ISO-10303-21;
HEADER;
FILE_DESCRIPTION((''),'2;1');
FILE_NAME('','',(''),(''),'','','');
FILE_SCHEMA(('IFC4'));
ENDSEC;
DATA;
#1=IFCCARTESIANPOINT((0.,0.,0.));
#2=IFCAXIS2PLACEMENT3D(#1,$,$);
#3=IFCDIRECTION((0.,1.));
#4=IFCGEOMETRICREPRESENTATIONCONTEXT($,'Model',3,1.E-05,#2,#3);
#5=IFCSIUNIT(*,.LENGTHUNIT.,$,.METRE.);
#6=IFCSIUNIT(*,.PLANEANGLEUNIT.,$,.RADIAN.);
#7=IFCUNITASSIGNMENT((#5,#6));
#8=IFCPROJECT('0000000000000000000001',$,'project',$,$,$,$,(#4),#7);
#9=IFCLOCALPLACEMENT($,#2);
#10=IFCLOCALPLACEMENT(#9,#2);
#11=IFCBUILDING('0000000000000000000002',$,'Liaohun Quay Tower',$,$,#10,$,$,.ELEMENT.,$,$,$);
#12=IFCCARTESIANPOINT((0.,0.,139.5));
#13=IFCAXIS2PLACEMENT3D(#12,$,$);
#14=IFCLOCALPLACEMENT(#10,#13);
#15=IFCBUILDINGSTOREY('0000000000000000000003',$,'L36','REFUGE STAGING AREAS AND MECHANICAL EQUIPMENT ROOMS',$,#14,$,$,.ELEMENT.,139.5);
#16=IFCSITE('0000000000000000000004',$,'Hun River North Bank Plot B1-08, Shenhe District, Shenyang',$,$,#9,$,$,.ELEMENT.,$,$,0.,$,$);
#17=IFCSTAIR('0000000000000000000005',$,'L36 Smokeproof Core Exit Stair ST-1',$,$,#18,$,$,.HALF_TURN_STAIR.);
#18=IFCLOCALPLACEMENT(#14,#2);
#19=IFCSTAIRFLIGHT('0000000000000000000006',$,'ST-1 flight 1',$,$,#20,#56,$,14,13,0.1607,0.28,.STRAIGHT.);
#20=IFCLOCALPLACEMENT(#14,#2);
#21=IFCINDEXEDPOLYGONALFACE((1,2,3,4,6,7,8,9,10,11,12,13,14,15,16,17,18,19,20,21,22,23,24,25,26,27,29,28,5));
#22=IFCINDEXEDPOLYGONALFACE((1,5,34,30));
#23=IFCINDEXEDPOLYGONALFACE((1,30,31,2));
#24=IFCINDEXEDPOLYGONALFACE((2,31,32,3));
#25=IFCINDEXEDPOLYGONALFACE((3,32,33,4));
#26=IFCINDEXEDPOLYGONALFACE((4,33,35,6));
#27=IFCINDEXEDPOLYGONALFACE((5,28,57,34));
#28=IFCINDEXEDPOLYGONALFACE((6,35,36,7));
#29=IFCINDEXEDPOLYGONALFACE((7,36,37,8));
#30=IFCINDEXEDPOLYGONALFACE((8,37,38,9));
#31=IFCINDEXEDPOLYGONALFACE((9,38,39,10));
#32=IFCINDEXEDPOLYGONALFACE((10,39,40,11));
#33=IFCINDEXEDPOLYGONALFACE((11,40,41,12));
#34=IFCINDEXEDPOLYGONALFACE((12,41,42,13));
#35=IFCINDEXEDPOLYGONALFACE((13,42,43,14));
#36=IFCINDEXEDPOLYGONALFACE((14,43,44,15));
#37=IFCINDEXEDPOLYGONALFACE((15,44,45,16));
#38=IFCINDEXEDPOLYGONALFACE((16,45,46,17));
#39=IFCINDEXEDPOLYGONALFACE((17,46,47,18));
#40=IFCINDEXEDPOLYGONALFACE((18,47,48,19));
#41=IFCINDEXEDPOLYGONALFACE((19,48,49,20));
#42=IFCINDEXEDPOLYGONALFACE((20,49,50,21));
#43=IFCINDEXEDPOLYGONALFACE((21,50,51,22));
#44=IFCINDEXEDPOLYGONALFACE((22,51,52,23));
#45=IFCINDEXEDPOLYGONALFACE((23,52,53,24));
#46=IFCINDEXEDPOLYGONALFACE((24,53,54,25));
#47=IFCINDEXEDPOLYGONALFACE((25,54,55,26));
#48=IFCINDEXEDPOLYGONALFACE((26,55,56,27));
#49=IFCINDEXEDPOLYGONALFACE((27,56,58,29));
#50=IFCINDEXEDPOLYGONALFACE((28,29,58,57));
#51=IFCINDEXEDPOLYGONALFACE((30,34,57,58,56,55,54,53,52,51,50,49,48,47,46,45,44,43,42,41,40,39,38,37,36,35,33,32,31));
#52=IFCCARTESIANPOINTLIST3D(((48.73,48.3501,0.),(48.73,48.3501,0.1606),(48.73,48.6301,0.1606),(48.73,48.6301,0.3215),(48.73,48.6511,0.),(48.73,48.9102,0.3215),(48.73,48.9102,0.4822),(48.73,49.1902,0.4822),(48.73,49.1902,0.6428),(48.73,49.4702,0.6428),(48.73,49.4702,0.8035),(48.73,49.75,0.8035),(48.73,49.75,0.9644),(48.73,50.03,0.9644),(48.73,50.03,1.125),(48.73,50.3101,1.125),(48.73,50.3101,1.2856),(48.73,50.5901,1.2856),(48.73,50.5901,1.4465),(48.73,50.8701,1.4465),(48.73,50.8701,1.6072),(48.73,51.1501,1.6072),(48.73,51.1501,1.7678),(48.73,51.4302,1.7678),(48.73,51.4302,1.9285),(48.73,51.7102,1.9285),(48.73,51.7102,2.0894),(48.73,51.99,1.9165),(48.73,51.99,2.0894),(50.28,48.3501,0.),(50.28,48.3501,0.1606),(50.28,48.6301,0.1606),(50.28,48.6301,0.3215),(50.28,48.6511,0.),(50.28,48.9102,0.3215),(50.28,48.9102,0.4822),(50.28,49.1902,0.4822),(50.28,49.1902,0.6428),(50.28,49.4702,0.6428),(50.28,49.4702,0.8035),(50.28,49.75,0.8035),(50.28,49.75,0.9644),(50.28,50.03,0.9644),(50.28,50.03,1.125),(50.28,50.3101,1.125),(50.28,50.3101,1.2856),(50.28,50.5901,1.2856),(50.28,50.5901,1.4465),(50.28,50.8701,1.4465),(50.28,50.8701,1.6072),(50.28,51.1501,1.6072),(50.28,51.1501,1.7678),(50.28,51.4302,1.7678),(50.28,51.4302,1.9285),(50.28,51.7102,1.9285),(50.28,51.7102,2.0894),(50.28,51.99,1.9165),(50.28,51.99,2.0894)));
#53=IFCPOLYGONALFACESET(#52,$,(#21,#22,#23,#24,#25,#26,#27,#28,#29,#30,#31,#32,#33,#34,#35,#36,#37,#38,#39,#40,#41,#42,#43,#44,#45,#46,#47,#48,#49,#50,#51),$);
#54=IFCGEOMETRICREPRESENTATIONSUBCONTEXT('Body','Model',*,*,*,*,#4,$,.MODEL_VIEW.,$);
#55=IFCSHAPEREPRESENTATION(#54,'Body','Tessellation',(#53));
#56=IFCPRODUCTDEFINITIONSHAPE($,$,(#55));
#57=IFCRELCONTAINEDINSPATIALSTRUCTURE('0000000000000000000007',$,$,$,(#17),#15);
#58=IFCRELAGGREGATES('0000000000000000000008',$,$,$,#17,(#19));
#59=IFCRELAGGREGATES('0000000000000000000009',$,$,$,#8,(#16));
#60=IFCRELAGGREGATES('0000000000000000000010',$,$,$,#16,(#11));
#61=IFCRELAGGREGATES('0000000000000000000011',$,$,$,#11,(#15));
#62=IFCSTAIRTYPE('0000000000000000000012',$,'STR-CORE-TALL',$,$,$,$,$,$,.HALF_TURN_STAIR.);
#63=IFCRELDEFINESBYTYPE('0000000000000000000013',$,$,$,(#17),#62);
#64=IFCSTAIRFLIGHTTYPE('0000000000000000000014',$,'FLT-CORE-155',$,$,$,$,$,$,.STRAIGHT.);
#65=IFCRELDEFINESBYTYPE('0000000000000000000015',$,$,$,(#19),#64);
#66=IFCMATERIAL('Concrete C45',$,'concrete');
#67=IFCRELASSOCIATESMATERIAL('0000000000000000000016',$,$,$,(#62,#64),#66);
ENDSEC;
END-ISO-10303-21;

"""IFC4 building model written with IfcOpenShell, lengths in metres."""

from ifc_helpers import new_model, si_unit, direction, frame, origin, place, context, subcontext, project, spatial, polyline, outline, extrude, material, type_object, element, aggregate, save


model = new_model("IFC4")

# Units and contexts
model_context = context("Model", 3, precision=1e-05, world=origin(), true_north=direction((0.0, 1.0)))
body_context = subcontext(model_context, "Body", "Model", "MODEL_VIEW")
ifc_project = project(units=[si_unit("LENGTHUNIT", "METRE"), si_unit("PLANEANGLEUNIT", "RADIAN")], contexts=[model_context])

# Site, building, storey
site_placement = place(None, origin())
site = spatial("IfcSite", under=ifc_project, at=site_placement, Name="Hun River North Bank Plot B1-08, Shenhe District, Shenyang", CompositionType="ELEMENT", RefElevation=0.0)
building_placement = place(site_placement, origin())
building = spatial("IfcBuilding", under=site, at=building_placement, Name="Liaohun Quay Tower", CompositionType="ELEMENT")
storey_placement = place(building_placement, frame((0.0, 0.0, 139.5)))
storey = spatial("IfcBuildingStorey", under=building, at=storey_placement, Name="L36", Description="REFUGE STAGING AREAS AND MECHANICAL EQUIPMENT ROOMS", CompositionType="ELEMENT", Elevation=139.5)

# Stair, stair flight
ifc_material_1 = material(Name="Concrete C45", Category="concrete")
stair_type = type_object("IfcStairType", Name="STR-CORE-TALL", PredefinedType="HALF_TURN_STAIR", material=ifc_material_1)
stair_placement = place(storey_placement, origin())
stair = element("IfcStair", 1, at=stair_placement, inside=storey, type_object=stair_type, Name="L36 Smokeproof Core Exit Stair ST-1", PredefinedType="HALF_TURN_STAIR")
stair_flight_type = type_object("IfcStairFlightType", Name="FLT-CORE-155", PredefinedType="STRAIGHT", material=ifc_material_1)
stair_flight_placement = place(storey_placement, frame((49.5049, 48.3501, 0.0), z_axis=(0.0, 0.0, 1.0), x_axis=(0.0, 1.0, 0.0)))
stair_flight = element("IfcStairFlight", 2, at=stair_flight_placement, type_object=stair_flight_type, Name="ST-1 flight 1", NumberOfRisers=14, NumberOfTreads=13, PredefinedType="STRAIGHT", RiserHeight=0.1607, TreadLength=0.28, context=body_context, shape_type="SweptSolid", body=[
    extrude(outline(polyline([(0.0, 0.0), (0.0, 0.1606), (0.28, 0.1606), (0.28, 0.3215), (0.5601, 0.3215), (0.5601, 0.4822), (0.8401, 0.4822), (0.8401, 0.6428), (1.1201, 0.6428), (1.1201, 0.8035), (1.3999, 0.8035), (1.3999, 0.9644), (1.6799, 0.9644), (1.6799, 1.125), (1.96, 1.125), (1.96, 1.2856), (2.24, 1.2856), (2.24, 1.4465), (2.52, 1.4465), (2.52, 1.6072), (2.8, 1.6072), (2.8, 1.7678), (3.0801, 1.7678), (3.0801, 1.9285), (3.3601, 1.9285), (3.3601, 2.0894), (3.6399, 2.0894), (3.6399, 2.25), (3.6399, 1.9165), (0.301, 0.0), (0.0, 0.0)])), frame((0.0, 0.7749, 0.0), z_axis=(0.0, -1.0, 0.0), x_axis=(1.0, 0.0, 0.0)), (0.0, 0.0, 1.0), 1.55),
])
aggregate(stair, [stair_flight])

save(model, "model.ifc")
